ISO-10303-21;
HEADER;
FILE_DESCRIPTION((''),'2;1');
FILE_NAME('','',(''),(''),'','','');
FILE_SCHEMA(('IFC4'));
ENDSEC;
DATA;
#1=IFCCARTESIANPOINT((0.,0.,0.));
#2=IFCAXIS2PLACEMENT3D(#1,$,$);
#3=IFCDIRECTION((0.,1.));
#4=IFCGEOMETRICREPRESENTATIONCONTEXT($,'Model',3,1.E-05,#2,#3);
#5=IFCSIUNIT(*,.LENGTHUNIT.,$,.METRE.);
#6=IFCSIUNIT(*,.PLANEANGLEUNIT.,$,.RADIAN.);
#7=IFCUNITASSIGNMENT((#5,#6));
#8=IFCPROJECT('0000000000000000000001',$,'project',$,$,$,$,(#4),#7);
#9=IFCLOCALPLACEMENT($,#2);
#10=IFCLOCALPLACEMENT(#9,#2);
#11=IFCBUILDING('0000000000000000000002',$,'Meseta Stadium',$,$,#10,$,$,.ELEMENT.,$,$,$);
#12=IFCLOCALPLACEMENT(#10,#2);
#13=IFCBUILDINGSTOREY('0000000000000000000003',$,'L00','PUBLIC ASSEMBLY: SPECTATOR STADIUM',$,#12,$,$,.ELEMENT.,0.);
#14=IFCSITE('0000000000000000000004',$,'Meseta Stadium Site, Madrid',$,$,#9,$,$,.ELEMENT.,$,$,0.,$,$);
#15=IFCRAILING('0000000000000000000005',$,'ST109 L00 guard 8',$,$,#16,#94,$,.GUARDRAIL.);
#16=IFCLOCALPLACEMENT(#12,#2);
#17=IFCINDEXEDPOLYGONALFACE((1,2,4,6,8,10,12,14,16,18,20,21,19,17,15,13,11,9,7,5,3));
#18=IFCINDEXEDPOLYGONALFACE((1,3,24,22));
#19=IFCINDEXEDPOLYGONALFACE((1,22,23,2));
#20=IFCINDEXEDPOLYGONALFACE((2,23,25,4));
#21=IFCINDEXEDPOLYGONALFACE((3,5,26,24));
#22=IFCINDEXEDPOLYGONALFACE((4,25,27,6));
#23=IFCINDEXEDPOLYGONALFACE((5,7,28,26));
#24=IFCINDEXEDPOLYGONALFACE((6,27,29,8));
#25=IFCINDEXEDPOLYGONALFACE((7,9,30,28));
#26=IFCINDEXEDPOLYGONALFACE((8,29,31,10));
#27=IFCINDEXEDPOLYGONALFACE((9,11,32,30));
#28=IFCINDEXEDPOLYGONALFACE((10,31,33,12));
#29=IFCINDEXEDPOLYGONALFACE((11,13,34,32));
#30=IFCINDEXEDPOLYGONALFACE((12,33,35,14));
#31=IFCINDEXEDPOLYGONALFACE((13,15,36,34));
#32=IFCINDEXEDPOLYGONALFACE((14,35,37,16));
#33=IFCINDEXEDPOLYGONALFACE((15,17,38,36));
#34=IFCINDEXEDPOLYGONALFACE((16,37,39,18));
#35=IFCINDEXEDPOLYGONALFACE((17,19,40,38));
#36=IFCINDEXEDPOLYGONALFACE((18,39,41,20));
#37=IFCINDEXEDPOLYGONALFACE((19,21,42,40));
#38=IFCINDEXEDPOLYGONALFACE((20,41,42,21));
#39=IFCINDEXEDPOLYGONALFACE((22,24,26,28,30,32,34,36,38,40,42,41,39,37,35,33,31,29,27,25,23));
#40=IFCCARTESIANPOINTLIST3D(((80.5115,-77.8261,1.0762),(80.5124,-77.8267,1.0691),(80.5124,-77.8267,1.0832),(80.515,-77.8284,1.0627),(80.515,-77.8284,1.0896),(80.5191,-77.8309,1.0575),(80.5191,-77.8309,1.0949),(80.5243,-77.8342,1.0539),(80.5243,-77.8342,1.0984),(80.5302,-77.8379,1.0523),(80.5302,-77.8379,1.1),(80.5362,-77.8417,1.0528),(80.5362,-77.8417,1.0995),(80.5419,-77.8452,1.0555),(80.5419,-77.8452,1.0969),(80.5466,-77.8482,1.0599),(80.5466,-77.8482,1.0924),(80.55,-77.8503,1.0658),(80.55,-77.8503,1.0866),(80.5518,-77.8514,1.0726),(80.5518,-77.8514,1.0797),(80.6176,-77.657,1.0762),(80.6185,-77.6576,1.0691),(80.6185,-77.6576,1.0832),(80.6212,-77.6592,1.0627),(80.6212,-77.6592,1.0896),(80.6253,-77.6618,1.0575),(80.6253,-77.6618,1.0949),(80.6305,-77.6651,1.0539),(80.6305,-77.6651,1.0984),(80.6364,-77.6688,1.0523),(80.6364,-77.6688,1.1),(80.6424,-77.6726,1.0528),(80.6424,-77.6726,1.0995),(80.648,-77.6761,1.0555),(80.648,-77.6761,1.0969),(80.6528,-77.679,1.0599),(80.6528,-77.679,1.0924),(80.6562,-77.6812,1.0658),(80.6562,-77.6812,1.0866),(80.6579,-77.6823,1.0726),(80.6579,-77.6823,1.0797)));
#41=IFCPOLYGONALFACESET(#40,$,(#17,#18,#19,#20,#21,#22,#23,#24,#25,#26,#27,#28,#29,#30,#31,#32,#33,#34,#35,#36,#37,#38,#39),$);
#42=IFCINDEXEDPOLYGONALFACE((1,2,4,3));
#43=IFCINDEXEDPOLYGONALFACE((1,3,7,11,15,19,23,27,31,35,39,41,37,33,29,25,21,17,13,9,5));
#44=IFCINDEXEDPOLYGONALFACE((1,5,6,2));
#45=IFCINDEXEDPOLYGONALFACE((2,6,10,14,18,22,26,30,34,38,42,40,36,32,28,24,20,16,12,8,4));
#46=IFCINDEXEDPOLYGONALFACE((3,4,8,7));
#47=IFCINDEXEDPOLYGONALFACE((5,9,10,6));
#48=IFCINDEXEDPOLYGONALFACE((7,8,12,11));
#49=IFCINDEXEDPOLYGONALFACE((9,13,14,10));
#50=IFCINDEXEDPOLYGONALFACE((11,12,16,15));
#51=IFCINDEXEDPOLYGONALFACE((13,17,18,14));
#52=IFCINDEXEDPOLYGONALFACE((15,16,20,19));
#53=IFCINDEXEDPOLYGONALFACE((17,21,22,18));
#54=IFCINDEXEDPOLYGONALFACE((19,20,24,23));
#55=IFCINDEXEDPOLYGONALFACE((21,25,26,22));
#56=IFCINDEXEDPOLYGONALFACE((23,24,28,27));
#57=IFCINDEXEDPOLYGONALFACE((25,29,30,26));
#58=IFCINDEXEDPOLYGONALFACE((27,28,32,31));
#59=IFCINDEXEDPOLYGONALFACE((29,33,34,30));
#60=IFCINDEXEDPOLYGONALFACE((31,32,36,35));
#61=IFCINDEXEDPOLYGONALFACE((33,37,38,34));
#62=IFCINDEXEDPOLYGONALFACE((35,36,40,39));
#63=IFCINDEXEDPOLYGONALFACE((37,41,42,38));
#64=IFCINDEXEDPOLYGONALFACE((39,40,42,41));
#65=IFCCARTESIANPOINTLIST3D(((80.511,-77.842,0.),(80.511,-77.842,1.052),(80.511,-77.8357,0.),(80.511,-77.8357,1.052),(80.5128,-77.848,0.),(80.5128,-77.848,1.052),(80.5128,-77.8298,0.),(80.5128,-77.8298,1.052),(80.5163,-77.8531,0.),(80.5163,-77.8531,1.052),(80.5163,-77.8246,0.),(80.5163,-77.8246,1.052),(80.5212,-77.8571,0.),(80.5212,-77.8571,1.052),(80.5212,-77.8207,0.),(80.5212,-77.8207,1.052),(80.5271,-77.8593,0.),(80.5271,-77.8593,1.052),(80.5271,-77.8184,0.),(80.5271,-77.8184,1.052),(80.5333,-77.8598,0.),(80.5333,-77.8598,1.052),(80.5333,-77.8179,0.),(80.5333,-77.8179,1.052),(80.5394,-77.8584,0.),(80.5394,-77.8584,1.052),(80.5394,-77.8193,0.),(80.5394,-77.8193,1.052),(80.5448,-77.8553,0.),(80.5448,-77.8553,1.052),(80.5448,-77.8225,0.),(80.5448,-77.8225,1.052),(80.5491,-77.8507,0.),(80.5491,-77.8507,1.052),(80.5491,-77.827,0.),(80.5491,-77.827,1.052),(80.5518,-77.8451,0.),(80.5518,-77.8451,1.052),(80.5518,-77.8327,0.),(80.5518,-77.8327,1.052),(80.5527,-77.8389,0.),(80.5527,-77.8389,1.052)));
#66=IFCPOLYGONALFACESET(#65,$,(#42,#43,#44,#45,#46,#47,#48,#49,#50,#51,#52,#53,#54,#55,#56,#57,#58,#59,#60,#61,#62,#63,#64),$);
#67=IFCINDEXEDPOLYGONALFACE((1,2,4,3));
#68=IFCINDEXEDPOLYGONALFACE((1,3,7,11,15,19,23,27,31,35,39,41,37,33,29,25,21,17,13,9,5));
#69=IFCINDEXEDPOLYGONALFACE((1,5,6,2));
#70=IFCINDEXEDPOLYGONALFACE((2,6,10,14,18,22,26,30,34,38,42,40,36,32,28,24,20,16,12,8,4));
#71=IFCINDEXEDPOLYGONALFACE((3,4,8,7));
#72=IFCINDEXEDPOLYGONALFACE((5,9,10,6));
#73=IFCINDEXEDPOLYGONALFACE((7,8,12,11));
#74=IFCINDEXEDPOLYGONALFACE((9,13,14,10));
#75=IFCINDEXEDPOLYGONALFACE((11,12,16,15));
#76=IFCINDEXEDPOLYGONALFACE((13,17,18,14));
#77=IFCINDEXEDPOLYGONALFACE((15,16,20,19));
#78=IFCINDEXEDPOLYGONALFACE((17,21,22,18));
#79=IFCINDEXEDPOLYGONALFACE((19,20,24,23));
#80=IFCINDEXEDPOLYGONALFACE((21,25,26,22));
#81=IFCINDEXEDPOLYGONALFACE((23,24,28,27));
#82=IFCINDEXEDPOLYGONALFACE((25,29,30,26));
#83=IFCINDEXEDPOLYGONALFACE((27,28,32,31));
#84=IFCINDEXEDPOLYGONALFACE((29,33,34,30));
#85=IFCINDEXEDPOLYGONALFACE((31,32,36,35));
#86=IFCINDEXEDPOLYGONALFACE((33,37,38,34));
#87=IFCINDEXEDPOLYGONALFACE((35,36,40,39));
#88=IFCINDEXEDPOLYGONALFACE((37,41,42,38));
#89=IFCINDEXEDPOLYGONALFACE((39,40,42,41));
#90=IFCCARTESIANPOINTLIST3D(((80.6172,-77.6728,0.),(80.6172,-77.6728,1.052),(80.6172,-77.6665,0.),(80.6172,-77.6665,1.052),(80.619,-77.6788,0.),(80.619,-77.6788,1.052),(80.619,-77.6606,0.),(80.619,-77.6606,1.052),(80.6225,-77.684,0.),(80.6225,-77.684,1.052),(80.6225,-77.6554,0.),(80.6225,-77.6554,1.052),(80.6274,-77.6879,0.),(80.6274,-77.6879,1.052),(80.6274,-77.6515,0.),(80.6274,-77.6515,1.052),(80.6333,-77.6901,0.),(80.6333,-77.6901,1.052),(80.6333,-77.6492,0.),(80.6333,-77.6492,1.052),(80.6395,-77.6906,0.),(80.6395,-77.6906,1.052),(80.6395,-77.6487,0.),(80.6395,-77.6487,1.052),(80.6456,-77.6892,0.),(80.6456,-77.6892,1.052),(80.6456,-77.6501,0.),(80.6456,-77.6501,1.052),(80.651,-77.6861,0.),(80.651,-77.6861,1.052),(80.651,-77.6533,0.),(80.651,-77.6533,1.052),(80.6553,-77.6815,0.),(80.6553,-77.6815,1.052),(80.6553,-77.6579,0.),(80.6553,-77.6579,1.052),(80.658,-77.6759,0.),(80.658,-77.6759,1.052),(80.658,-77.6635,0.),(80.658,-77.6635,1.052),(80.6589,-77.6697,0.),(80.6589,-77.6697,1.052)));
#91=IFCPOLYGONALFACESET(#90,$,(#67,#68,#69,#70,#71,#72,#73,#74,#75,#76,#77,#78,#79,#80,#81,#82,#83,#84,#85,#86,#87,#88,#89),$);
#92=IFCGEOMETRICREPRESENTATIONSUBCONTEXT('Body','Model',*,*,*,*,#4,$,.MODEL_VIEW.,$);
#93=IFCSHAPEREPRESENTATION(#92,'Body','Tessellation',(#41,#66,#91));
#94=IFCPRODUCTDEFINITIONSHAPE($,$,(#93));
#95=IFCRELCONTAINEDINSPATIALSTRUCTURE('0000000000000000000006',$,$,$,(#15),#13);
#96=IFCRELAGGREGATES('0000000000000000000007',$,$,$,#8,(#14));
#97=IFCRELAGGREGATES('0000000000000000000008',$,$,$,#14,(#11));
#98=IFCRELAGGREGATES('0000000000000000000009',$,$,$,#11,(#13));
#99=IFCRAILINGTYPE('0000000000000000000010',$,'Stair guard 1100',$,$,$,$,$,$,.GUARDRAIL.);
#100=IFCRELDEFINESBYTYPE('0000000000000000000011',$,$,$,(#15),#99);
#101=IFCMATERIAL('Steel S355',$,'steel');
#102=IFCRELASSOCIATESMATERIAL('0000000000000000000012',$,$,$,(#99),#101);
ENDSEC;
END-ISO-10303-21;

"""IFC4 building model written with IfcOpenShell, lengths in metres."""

from ifc_helpers import new_model, si_unit, direction, frame, origin, origin_2d, place, context, subcontext, project, spatial, circle, extrude, material, type_object, element, save


model = new_model("IFC4")

# Units and contexts
model_context = context("Model", 3, precision=1e-05, world=origin(), true_north=direction((0.0, 1.0)))
body_context = subcontext(model_context, "Body", "Model", "MODEL_VIEW")
ifc_project = project(units=[si_unit("LENGTHUNIT", "METRE"), si_unit("PLANEANGLEUNIT", "RADIAN")], contexts=[model_context])

# Site, building, storey
site_placement = place(None, origin())
site = spatial("IfcSite", under=ifc_project, at=site_placement, Name="Meseta Stadium Site, Madrid", CompositionType="ELEMENT", RefElevation=0.0)
building_placement = place(site_placement, origin())
building = spatial("IfcBuilding", under=site, at=building_placement, Name="Meseta Stadium", CompositionType="ELEMENT")
storey_placement = place(building_placement, origin())
storey = spatial("IfcBuildingStorey", under=building, at=storey_placement, Name="L00", Description="PUBLIC ASSEMBLY: SPECTATOR STADIUM", CompositionType="ELEMENT", Elevation=0.0)

# Railing
ifc_material_1 = material(Name="Steel S355", Category="steel")
railing_type_1 = type_object("IfcRailingType", Name="Stair guard 1100", PredefinedType="GUARDRAIL", material=ifc_material_1)
railing_1_placement = place(storey_placement, frame((80.5317, -77.8389, 0.0)))
element("IfcRailing", 1, at=railing_1_placement, inside=storey, type_object=railing_type_1, Name="ST109 L00 guard 8", PredefinedType="GUARDRAIL", context=body_context, shape_type="SweptSolid", body=[
    extrude(circle(Radius=0.0239, at=origin_2d()), frame((0.0, 0.0, 1.0762), z_axis=(0.531646, 0.846967, 0.0), x_axis=(-0.846967, 0.531646, 0.0)), (0.0, 0.0, 1.0), 0.1997),
    extrude(circle(Radius=0.021, at=origin_2d()), origin(), (0.0, 0.0, 1.0), 1.052),
    extrude(circle(Radius=0.021, at=origin_2d()), frame((0.1062, 0.1692, 0.0)), (0.0, 0.0, 1.0), 1.052),
])

save(model, "model.ifc")
